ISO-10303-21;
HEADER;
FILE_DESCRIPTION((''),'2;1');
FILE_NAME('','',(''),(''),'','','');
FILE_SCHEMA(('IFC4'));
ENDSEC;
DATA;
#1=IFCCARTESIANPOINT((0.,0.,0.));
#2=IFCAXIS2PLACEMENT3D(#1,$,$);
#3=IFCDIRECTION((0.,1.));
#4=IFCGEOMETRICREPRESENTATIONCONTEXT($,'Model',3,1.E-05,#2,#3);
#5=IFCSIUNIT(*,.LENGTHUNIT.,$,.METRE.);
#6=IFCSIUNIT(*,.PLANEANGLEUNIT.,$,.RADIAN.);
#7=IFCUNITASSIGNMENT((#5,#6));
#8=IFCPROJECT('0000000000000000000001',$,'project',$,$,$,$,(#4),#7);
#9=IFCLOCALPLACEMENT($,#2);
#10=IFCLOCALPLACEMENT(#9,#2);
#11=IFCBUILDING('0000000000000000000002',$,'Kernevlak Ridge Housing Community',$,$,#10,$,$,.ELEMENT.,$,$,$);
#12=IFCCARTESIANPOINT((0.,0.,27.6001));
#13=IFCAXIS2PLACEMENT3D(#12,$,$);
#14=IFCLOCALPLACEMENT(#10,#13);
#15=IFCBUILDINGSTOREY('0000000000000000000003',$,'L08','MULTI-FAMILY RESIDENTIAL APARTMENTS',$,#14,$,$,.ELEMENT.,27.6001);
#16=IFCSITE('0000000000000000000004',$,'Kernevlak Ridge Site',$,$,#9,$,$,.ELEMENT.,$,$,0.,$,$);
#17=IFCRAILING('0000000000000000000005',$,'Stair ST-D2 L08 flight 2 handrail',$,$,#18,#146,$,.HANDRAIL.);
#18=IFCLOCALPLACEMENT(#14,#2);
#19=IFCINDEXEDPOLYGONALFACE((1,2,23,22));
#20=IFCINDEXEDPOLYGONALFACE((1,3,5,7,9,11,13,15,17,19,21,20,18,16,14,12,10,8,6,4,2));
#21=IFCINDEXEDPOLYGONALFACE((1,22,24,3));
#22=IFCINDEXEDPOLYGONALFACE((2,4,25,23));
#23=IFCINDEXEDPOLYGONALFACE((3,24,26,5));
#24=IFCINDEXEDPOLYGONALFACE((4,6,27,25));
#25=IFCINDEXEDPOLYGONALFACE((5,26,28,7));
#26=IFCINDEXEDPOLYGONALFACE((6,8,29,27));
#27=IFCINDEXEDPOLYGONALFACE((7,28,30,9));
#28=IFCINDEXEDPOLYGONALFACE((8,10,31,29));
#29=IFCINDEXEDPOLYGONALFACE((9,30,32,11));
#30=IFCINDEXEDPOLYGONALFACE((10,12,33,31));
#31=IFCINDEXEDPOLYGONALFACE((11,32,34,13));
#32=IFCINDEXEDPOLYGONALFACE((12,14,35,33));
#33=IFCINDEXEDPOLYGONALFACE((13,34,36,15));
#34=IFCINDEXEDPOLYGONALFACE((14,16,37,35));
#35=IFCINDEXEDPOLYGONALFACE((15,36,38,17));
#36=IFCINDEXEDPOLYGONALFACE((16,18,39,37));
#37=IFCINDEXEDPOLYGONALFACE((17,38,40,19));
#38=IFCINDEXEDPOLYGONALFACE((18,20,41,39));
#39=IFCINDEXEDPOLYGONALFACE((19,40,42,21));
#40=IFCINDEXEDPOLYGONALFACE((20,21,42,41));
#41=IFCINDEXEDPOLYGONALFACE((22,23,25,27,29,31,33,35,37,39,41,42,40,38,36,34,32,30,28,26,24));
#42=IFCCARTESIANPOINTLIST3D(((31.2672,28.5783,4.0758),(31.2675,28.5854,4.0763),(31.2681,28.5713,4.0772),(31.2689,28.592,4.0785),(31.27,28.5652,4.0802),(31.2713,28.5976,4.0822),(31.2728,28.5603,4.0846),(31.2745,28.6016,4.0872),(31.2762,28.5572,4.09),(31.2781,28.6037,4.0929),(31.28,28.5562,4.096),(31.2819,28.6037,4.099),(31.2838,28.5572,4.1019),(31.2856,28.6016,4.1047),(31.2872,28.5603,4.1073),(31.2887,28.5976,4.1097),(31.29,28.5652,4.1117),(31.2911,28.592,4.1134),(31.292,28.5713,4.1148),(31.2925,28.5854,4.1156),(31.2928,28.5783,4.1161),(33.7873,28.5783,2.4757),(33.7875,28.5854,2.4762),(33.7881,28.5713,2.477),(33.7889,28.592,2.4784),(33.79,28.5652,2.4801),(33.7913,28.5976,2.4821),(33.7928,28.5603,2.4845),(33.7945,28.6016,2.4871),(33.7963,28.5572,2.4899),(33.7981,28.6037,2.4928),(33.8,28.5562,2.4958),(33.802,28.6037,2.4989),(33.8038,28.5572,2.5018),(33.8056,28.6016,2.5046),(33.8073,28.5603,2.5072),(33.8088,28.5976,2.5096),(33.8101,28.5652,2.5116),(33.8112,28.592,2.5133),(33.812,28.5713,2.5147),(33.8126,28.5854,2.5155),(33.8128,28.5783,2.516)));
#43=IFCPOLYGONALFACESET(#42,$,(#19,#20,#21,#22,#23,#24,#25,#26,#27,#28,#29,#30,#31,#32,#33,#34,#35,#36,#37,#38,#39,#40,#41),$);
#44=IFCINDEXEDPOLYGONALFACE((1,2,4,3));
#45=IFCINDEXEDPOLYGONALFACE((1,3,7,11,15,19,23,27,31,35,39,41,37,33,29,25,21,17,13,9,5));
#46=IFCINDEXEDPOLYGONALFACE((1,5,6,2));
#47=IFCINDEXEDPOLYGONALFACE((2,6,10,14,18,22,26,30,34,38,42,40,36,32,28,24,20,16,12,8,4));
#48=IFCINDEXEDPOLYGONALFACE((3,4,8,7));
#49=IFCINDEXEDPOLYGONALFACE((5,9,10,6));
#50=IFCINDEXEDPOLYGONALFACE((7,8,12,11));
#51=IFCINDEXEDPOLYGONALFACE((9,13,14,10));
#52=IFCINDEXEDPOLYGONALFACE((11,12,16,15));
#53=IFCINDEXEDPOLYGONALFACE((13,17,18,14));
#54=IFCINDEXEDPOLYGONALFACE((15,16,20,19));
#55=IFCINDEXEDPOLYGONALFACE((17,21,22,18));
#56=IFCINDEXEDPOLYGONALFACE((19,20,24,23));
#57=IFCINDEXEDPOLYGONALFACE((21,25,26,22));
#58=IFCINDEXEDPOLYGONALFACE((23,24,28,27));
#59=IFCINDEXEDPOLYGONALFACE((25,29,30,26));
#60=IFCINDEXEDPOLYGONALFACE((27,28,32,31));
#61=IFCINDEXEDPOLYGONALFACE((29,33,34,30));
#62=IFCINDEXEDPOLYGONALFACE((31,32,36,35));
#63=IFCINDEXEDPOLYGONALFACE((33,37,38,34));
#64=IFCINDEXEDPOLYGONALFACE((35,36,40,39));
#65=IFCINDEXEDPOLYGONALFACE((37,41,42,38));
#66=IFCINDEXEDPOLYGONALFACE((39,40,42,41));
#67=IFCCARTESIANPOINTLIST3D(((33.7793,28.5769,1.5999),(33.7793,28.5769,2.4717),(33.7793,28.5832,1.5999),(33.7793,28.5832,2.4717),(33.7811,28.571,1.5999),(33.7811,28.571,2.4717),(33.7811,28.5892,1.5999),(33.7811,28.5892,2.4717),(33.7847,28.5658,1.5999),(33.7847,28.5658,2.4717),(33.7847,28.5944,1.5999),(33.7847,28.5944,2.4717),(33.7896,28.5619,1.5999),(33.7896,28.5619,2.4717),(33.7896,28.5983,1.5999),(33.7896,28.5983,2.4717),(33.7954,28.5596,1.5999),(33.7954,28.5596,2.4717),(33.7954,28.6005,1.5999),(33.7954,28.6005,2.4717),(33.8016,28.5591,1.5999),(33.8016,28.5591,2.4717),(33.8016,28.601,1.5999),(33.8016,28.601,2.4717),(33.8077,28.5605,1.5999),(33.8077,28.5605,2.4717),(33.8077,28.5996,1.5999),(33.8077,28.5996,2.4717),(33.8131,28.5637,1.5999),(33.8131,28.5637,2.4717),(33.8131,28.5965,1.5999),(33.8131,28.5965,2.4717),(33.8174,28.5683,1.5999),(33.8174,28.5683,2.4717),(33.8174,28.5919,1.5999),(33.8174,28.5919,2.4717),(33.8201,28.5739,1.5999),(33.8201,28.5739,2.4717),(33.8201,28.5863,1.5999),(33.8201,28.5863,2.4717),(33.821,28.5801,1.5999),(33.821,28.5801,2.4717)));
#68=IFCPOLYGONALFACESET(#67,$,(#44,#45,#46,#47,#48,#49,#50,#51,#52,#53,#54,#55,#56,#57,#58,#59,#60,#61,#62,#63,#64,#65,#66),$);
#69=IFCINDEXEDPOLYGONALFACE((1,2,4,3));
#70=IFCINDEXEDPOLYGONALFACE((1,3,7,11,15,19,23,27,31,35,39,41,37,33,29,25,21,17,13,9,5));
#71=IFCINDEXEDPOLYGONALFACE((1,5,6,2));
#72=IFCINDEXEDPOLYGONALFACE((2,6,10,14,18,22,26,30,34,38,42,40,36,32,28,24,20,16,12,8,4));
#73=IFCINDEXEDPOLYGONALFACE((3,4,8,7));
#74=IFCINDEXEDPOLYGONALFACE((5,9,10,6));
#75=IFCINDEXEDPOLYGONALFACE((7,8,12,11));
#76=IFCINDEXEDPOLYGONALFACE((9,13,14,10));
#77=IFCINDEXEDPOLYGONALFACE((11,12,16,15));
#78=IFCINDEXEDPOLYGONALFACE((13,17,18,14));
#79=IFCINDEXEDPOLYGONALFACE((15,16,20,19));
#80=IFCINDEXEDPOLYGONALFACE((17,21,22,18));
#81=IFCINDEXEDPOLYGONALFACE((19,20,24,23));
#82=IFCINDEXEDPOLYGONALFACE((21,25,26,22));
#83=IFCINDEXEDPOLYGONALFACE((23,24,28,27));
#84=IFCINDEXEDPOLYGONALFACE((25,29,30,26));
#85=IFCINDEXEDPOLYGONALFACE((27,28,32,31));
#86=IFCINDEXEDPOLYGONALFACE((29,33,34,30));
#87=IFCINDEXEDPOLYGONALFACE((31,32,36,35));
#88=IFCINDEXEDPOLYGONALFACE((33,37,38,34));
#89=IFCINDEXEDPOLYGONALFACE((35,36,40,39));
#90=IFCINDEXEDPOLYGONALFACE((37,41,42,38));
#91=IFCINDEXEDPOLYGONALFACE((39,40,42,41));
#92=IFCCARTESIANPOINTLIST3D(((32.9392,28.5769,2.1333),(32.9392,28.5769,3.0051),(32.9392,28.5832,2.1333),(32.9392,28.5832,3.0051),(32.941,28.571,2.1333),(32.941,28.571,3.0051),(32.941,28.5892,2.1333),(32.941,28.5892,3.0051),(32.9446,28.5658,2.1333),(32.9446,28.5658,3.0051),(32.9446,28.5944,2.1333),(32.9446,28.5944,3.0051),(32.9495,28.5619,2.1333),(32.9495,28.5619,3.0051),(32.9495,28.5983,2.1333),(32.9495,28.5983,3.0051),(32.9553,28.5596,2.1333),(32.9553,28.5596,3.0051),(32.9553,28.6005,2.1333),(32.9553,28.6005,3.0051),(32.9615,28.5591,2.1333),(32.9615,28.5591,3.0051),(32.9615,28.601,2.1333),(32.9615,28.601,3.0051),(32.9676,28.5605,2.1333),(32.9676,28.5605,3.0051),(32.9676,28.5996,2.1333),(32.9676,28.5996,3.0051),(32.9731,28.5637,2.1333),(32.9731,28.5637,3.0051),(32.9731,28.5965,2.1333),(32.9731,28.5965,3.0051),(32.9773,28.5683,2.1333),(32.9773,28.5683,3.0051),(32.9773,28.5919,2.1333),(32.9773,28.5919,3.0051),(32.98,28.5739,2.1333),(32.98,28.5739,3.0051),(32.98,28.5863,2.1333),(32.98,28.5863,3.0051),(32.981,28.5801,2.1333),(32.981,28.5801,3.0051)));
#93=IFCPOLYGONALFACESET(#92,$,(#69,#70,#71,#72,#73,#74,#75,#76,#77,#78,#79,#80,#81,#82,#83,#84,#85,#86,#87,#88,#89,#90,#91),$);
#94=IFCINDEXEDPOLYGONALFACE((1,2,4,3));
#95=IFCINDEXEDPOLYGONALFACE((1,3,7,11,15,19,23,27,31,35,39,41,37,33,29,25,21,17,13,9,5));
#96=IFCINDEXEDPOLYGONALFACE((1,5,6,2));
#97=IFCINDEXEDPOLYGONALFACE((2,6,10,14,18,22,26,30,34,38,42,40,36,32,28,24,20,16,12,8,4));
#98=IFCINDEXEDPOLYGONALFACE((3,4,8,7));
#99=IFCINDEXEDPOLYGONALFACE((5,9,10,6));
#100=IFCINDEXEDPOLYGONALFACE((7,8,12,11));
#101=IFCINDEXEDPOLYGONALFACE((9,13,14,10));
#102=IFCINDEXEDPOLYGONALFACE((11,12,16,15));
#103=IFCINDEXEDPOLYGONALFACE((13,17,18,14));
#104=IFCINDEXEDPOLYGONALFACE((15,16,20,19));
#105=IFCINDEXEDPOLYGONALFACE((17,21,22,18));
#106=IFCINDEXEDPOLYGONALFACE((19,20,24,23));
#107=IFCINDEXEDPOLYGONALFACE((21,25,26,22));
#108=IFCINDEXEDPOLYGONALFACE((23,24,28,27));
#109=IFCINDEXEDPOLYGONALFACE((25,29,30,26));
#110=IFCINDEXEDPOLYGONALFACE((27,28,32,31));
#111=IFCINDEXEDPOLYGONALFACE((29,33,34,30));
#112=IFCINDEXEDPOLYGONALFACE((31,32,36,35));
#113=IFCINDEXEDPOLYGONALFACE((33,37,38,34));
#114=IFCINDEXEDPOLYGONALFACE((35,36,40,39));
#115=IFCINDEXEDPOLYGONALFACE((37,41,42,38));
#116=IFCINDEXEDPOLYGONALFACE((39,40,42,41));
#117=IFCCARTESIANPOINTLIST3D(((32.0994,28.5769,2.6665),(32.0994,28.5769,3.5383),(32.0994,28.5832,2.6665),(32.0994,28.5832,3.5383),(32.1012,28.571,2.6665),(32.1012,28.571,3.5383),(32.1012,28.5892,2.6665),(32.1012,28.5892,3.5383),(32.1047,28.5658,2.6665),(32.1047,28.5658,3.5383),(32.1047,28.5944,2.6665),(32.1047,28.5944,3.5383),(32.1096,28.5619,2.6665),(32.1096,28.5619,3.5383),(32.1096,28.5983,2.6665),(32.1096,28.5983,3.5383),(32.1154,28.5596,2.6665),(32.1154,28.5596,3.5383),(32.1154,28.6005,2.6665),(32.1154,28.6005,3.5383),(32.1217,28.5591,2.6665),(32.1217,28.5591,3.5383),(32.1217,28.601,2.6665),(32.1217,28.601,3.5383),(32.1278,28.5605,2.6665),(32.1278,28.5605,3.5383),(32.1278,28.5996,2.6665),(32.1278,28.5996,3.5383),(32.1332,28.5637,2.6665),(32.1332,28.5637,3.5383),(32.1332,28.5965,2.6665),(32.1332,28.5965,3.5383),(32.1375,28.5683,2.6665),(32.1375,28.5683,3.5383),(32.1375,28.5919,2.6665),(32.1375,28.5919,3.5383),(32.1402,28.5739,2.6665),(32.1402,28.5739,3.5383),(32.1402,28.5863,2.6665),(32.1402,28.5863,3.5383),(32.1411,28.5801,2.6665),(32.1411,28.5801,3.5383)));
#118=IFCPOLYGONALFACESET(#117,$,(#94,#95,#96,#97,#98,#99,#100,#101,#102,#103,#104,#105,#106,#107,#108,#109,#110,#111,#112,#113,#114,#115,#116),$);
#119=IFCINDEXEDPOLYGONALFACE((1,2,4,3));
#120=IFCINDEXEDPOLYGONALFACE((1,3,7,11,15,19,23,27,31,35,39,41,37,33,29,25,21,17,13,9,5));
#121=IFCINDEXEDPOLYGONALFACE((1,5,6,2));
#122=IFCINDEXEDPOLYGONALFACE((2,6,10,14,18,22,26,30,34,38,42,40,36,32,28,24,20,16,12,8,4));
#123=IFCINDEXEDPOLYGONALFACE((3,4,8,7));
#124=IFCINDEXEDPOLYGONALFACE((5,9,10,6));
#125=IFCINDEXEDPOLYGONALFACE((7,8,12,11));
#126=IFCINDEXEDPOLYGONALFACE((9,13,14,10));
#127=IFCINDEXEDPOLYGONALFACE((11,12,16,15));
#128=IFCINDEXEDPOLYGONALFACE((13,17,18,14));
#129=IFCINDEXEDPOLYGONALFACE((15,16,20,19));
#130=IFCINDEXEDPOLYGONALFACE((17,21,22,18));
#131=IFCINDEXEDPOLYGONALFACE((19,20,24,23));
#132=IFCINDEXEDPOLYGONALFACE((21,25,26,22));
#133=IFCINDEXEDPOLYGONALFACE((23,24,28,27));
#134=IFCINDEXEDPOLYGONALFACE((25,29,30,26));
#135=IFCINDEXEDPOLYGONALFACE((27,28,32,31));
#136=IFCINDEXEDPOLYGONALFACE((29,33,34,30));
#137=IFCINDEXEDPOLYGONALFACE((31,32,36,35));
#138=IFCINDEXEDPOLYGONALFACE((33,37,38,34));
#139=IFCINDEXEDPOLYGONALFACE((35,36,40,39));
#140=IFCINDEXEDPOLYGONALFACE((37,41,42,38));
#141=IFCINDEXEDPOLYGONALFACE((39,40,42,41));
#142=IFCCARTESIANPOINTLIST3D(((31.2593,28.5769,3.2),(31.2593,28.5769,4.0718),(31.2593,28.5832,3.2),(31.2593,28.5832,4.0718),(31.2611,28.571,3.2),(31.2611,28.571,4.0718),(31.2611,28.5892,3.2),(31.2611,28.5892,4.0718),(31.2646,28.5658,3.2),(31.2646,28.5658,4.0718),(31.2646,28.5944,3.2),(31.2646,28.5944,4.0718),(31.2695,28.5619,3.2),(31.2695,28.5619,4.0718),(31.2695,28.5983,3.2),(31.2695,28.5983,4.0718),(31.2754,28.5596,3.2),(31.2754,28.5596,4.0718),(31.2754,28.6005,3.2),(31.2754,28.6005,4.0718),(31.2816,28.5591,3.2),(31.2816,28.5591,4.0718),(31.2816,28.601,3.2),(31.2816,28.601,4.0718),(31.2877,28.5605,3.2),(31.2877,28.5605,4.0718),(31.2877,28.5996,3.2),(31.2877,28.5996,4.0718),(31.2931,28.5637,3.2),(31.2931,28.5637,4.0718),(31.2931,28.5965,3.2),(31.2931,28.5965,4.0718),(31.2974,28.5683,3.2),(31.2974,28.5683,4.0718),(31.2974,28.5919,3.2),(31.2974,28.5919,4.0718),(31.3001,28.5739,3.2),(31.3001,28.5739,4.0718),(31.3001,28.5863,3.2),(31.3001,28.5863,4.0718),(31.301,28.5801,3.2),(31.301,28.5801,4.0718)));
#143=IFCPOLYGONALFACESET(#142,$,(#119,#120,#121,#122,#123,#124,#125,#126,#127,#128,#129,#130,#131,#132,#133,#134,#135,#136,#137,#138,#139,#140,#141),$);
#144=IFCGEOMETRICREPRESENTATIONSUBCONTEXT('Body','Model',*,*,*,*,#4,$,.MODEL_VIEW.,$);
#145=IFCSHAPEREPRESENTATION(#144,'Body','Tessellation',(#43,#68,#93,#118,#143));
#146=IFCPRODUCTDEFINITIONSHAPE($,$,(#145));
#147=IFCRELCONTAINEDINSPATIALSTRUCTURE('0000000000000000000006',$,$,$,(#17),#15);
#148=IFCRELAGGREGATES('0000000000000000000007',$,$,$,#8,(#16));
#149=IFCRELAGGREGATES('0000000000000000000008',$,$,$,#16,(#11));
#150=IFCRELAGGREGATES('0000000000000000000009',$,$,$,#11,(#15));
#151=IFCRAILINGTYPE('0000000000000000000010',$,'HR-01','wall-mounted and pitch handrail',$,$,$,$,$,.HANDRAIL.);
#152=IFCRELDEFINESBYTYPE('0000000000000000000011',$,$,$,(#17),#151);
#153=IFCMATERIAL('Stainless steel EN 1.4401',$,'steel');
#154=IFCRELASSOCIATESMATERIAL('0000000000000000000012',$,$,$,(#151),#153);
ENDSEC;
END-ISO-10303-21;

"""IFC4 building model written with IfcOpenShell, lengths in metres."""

from ifc_helpers import new_model, si_unit, direction, frame, origin, origin_2d, place, context, subcontext, project, spatial, circle, extrude, material, type_object, element, save


model = new_model("IFC4")

# Units and contexts
model_context = context("Model", 3, precision=1e-05, world=origin(), true_north=direction((0.0, 1.0)))
body_context = subcontext(model_context, "Body", "Model", "MODEL_VIEW")
ifc_project = project(units=[si_unit("LENGTHUNIT", "METRE"), si_unit("PLANEANGLEUNIT", "RADIAN")], contexts=[model_context])

# Site, building, storey
site_placement = place(None, origin())
site = spatial("IfcSite", under=ifc_project, at=site_placement, Name="Kernevlak Ridge Site", CompositionType="ELEMENT", RefElevation=0.0)
building_placement = place(site_placement, origin())
building = spatial("IfcBuilding", under=site, at=building_placement, Name="Kernevlak Ridge Housing Community", CompositionType="ELEMENT")
storey_placement = place(building_placement, frame((0.0, 0.0, 27.6001)))
storey = spatial("IfcBuildingStorey", under=building, at=storey_placement, Name="L08", Description="MULTI-FAMILY RESIDENTIAL APARTMENTS", CompositionType="ELEMENT", Elevation=27.6001)

# Railing
ifc_material_1 = material(Name="Stainless steel EN 1.4401", Category="steel")
railing_type_1 = type_object("IfcRailingType", Name="HR-01", Description="wall-mounted and pitch handrail", PredefinedType="HANDRAIL", material=ifc_material_1)
railing_1_placement = place(storey_placement, frame((33.8, 28.5801, 1.5999)))
element("IfcRailing", 1, at=railing_1_placement, inside=storey, type_object=railing_type_1, Name="Stair ST-D2 L08 flight 2 handrail", PredefinedType="HANDRAIL", context=body_context, shape_type="SweptSolid", body=[
    extrude(circle(Radius=0.0239, at=origin_2d()), frame((0.0, 0.0, 0.896), z_axis=(-0.8442, 0.0, 0.536028), x_axis=(0.0, -1.0, 0.0)), (0.0, 0.0, 1.0), 2.9851),
    extrude(circle(Radius=0.021, at=origin_2d()), origin(), (0.0, 0.0, 1.0), 0.8718),
    extrude(circle(Radius=0.021, at=origin_2d()), frame((-0.8401, 0.0, 0.5334)), (0.0, 0.0, 1.0), 0.8718),
    extrude(circle(Radius=0.021, at=origin_2d()), frame((-1.6799, 0.0, 1.0667)), (0.0, 0.0, 1.0), 0.8718),
    extrude(circle(Radius=0.021, at=origin_2d()), frame((-2.52, 0.0, 1.6001)), (0.0, 0.0, 1.0), 0.8718),
])

save(model, "model.ifc")
